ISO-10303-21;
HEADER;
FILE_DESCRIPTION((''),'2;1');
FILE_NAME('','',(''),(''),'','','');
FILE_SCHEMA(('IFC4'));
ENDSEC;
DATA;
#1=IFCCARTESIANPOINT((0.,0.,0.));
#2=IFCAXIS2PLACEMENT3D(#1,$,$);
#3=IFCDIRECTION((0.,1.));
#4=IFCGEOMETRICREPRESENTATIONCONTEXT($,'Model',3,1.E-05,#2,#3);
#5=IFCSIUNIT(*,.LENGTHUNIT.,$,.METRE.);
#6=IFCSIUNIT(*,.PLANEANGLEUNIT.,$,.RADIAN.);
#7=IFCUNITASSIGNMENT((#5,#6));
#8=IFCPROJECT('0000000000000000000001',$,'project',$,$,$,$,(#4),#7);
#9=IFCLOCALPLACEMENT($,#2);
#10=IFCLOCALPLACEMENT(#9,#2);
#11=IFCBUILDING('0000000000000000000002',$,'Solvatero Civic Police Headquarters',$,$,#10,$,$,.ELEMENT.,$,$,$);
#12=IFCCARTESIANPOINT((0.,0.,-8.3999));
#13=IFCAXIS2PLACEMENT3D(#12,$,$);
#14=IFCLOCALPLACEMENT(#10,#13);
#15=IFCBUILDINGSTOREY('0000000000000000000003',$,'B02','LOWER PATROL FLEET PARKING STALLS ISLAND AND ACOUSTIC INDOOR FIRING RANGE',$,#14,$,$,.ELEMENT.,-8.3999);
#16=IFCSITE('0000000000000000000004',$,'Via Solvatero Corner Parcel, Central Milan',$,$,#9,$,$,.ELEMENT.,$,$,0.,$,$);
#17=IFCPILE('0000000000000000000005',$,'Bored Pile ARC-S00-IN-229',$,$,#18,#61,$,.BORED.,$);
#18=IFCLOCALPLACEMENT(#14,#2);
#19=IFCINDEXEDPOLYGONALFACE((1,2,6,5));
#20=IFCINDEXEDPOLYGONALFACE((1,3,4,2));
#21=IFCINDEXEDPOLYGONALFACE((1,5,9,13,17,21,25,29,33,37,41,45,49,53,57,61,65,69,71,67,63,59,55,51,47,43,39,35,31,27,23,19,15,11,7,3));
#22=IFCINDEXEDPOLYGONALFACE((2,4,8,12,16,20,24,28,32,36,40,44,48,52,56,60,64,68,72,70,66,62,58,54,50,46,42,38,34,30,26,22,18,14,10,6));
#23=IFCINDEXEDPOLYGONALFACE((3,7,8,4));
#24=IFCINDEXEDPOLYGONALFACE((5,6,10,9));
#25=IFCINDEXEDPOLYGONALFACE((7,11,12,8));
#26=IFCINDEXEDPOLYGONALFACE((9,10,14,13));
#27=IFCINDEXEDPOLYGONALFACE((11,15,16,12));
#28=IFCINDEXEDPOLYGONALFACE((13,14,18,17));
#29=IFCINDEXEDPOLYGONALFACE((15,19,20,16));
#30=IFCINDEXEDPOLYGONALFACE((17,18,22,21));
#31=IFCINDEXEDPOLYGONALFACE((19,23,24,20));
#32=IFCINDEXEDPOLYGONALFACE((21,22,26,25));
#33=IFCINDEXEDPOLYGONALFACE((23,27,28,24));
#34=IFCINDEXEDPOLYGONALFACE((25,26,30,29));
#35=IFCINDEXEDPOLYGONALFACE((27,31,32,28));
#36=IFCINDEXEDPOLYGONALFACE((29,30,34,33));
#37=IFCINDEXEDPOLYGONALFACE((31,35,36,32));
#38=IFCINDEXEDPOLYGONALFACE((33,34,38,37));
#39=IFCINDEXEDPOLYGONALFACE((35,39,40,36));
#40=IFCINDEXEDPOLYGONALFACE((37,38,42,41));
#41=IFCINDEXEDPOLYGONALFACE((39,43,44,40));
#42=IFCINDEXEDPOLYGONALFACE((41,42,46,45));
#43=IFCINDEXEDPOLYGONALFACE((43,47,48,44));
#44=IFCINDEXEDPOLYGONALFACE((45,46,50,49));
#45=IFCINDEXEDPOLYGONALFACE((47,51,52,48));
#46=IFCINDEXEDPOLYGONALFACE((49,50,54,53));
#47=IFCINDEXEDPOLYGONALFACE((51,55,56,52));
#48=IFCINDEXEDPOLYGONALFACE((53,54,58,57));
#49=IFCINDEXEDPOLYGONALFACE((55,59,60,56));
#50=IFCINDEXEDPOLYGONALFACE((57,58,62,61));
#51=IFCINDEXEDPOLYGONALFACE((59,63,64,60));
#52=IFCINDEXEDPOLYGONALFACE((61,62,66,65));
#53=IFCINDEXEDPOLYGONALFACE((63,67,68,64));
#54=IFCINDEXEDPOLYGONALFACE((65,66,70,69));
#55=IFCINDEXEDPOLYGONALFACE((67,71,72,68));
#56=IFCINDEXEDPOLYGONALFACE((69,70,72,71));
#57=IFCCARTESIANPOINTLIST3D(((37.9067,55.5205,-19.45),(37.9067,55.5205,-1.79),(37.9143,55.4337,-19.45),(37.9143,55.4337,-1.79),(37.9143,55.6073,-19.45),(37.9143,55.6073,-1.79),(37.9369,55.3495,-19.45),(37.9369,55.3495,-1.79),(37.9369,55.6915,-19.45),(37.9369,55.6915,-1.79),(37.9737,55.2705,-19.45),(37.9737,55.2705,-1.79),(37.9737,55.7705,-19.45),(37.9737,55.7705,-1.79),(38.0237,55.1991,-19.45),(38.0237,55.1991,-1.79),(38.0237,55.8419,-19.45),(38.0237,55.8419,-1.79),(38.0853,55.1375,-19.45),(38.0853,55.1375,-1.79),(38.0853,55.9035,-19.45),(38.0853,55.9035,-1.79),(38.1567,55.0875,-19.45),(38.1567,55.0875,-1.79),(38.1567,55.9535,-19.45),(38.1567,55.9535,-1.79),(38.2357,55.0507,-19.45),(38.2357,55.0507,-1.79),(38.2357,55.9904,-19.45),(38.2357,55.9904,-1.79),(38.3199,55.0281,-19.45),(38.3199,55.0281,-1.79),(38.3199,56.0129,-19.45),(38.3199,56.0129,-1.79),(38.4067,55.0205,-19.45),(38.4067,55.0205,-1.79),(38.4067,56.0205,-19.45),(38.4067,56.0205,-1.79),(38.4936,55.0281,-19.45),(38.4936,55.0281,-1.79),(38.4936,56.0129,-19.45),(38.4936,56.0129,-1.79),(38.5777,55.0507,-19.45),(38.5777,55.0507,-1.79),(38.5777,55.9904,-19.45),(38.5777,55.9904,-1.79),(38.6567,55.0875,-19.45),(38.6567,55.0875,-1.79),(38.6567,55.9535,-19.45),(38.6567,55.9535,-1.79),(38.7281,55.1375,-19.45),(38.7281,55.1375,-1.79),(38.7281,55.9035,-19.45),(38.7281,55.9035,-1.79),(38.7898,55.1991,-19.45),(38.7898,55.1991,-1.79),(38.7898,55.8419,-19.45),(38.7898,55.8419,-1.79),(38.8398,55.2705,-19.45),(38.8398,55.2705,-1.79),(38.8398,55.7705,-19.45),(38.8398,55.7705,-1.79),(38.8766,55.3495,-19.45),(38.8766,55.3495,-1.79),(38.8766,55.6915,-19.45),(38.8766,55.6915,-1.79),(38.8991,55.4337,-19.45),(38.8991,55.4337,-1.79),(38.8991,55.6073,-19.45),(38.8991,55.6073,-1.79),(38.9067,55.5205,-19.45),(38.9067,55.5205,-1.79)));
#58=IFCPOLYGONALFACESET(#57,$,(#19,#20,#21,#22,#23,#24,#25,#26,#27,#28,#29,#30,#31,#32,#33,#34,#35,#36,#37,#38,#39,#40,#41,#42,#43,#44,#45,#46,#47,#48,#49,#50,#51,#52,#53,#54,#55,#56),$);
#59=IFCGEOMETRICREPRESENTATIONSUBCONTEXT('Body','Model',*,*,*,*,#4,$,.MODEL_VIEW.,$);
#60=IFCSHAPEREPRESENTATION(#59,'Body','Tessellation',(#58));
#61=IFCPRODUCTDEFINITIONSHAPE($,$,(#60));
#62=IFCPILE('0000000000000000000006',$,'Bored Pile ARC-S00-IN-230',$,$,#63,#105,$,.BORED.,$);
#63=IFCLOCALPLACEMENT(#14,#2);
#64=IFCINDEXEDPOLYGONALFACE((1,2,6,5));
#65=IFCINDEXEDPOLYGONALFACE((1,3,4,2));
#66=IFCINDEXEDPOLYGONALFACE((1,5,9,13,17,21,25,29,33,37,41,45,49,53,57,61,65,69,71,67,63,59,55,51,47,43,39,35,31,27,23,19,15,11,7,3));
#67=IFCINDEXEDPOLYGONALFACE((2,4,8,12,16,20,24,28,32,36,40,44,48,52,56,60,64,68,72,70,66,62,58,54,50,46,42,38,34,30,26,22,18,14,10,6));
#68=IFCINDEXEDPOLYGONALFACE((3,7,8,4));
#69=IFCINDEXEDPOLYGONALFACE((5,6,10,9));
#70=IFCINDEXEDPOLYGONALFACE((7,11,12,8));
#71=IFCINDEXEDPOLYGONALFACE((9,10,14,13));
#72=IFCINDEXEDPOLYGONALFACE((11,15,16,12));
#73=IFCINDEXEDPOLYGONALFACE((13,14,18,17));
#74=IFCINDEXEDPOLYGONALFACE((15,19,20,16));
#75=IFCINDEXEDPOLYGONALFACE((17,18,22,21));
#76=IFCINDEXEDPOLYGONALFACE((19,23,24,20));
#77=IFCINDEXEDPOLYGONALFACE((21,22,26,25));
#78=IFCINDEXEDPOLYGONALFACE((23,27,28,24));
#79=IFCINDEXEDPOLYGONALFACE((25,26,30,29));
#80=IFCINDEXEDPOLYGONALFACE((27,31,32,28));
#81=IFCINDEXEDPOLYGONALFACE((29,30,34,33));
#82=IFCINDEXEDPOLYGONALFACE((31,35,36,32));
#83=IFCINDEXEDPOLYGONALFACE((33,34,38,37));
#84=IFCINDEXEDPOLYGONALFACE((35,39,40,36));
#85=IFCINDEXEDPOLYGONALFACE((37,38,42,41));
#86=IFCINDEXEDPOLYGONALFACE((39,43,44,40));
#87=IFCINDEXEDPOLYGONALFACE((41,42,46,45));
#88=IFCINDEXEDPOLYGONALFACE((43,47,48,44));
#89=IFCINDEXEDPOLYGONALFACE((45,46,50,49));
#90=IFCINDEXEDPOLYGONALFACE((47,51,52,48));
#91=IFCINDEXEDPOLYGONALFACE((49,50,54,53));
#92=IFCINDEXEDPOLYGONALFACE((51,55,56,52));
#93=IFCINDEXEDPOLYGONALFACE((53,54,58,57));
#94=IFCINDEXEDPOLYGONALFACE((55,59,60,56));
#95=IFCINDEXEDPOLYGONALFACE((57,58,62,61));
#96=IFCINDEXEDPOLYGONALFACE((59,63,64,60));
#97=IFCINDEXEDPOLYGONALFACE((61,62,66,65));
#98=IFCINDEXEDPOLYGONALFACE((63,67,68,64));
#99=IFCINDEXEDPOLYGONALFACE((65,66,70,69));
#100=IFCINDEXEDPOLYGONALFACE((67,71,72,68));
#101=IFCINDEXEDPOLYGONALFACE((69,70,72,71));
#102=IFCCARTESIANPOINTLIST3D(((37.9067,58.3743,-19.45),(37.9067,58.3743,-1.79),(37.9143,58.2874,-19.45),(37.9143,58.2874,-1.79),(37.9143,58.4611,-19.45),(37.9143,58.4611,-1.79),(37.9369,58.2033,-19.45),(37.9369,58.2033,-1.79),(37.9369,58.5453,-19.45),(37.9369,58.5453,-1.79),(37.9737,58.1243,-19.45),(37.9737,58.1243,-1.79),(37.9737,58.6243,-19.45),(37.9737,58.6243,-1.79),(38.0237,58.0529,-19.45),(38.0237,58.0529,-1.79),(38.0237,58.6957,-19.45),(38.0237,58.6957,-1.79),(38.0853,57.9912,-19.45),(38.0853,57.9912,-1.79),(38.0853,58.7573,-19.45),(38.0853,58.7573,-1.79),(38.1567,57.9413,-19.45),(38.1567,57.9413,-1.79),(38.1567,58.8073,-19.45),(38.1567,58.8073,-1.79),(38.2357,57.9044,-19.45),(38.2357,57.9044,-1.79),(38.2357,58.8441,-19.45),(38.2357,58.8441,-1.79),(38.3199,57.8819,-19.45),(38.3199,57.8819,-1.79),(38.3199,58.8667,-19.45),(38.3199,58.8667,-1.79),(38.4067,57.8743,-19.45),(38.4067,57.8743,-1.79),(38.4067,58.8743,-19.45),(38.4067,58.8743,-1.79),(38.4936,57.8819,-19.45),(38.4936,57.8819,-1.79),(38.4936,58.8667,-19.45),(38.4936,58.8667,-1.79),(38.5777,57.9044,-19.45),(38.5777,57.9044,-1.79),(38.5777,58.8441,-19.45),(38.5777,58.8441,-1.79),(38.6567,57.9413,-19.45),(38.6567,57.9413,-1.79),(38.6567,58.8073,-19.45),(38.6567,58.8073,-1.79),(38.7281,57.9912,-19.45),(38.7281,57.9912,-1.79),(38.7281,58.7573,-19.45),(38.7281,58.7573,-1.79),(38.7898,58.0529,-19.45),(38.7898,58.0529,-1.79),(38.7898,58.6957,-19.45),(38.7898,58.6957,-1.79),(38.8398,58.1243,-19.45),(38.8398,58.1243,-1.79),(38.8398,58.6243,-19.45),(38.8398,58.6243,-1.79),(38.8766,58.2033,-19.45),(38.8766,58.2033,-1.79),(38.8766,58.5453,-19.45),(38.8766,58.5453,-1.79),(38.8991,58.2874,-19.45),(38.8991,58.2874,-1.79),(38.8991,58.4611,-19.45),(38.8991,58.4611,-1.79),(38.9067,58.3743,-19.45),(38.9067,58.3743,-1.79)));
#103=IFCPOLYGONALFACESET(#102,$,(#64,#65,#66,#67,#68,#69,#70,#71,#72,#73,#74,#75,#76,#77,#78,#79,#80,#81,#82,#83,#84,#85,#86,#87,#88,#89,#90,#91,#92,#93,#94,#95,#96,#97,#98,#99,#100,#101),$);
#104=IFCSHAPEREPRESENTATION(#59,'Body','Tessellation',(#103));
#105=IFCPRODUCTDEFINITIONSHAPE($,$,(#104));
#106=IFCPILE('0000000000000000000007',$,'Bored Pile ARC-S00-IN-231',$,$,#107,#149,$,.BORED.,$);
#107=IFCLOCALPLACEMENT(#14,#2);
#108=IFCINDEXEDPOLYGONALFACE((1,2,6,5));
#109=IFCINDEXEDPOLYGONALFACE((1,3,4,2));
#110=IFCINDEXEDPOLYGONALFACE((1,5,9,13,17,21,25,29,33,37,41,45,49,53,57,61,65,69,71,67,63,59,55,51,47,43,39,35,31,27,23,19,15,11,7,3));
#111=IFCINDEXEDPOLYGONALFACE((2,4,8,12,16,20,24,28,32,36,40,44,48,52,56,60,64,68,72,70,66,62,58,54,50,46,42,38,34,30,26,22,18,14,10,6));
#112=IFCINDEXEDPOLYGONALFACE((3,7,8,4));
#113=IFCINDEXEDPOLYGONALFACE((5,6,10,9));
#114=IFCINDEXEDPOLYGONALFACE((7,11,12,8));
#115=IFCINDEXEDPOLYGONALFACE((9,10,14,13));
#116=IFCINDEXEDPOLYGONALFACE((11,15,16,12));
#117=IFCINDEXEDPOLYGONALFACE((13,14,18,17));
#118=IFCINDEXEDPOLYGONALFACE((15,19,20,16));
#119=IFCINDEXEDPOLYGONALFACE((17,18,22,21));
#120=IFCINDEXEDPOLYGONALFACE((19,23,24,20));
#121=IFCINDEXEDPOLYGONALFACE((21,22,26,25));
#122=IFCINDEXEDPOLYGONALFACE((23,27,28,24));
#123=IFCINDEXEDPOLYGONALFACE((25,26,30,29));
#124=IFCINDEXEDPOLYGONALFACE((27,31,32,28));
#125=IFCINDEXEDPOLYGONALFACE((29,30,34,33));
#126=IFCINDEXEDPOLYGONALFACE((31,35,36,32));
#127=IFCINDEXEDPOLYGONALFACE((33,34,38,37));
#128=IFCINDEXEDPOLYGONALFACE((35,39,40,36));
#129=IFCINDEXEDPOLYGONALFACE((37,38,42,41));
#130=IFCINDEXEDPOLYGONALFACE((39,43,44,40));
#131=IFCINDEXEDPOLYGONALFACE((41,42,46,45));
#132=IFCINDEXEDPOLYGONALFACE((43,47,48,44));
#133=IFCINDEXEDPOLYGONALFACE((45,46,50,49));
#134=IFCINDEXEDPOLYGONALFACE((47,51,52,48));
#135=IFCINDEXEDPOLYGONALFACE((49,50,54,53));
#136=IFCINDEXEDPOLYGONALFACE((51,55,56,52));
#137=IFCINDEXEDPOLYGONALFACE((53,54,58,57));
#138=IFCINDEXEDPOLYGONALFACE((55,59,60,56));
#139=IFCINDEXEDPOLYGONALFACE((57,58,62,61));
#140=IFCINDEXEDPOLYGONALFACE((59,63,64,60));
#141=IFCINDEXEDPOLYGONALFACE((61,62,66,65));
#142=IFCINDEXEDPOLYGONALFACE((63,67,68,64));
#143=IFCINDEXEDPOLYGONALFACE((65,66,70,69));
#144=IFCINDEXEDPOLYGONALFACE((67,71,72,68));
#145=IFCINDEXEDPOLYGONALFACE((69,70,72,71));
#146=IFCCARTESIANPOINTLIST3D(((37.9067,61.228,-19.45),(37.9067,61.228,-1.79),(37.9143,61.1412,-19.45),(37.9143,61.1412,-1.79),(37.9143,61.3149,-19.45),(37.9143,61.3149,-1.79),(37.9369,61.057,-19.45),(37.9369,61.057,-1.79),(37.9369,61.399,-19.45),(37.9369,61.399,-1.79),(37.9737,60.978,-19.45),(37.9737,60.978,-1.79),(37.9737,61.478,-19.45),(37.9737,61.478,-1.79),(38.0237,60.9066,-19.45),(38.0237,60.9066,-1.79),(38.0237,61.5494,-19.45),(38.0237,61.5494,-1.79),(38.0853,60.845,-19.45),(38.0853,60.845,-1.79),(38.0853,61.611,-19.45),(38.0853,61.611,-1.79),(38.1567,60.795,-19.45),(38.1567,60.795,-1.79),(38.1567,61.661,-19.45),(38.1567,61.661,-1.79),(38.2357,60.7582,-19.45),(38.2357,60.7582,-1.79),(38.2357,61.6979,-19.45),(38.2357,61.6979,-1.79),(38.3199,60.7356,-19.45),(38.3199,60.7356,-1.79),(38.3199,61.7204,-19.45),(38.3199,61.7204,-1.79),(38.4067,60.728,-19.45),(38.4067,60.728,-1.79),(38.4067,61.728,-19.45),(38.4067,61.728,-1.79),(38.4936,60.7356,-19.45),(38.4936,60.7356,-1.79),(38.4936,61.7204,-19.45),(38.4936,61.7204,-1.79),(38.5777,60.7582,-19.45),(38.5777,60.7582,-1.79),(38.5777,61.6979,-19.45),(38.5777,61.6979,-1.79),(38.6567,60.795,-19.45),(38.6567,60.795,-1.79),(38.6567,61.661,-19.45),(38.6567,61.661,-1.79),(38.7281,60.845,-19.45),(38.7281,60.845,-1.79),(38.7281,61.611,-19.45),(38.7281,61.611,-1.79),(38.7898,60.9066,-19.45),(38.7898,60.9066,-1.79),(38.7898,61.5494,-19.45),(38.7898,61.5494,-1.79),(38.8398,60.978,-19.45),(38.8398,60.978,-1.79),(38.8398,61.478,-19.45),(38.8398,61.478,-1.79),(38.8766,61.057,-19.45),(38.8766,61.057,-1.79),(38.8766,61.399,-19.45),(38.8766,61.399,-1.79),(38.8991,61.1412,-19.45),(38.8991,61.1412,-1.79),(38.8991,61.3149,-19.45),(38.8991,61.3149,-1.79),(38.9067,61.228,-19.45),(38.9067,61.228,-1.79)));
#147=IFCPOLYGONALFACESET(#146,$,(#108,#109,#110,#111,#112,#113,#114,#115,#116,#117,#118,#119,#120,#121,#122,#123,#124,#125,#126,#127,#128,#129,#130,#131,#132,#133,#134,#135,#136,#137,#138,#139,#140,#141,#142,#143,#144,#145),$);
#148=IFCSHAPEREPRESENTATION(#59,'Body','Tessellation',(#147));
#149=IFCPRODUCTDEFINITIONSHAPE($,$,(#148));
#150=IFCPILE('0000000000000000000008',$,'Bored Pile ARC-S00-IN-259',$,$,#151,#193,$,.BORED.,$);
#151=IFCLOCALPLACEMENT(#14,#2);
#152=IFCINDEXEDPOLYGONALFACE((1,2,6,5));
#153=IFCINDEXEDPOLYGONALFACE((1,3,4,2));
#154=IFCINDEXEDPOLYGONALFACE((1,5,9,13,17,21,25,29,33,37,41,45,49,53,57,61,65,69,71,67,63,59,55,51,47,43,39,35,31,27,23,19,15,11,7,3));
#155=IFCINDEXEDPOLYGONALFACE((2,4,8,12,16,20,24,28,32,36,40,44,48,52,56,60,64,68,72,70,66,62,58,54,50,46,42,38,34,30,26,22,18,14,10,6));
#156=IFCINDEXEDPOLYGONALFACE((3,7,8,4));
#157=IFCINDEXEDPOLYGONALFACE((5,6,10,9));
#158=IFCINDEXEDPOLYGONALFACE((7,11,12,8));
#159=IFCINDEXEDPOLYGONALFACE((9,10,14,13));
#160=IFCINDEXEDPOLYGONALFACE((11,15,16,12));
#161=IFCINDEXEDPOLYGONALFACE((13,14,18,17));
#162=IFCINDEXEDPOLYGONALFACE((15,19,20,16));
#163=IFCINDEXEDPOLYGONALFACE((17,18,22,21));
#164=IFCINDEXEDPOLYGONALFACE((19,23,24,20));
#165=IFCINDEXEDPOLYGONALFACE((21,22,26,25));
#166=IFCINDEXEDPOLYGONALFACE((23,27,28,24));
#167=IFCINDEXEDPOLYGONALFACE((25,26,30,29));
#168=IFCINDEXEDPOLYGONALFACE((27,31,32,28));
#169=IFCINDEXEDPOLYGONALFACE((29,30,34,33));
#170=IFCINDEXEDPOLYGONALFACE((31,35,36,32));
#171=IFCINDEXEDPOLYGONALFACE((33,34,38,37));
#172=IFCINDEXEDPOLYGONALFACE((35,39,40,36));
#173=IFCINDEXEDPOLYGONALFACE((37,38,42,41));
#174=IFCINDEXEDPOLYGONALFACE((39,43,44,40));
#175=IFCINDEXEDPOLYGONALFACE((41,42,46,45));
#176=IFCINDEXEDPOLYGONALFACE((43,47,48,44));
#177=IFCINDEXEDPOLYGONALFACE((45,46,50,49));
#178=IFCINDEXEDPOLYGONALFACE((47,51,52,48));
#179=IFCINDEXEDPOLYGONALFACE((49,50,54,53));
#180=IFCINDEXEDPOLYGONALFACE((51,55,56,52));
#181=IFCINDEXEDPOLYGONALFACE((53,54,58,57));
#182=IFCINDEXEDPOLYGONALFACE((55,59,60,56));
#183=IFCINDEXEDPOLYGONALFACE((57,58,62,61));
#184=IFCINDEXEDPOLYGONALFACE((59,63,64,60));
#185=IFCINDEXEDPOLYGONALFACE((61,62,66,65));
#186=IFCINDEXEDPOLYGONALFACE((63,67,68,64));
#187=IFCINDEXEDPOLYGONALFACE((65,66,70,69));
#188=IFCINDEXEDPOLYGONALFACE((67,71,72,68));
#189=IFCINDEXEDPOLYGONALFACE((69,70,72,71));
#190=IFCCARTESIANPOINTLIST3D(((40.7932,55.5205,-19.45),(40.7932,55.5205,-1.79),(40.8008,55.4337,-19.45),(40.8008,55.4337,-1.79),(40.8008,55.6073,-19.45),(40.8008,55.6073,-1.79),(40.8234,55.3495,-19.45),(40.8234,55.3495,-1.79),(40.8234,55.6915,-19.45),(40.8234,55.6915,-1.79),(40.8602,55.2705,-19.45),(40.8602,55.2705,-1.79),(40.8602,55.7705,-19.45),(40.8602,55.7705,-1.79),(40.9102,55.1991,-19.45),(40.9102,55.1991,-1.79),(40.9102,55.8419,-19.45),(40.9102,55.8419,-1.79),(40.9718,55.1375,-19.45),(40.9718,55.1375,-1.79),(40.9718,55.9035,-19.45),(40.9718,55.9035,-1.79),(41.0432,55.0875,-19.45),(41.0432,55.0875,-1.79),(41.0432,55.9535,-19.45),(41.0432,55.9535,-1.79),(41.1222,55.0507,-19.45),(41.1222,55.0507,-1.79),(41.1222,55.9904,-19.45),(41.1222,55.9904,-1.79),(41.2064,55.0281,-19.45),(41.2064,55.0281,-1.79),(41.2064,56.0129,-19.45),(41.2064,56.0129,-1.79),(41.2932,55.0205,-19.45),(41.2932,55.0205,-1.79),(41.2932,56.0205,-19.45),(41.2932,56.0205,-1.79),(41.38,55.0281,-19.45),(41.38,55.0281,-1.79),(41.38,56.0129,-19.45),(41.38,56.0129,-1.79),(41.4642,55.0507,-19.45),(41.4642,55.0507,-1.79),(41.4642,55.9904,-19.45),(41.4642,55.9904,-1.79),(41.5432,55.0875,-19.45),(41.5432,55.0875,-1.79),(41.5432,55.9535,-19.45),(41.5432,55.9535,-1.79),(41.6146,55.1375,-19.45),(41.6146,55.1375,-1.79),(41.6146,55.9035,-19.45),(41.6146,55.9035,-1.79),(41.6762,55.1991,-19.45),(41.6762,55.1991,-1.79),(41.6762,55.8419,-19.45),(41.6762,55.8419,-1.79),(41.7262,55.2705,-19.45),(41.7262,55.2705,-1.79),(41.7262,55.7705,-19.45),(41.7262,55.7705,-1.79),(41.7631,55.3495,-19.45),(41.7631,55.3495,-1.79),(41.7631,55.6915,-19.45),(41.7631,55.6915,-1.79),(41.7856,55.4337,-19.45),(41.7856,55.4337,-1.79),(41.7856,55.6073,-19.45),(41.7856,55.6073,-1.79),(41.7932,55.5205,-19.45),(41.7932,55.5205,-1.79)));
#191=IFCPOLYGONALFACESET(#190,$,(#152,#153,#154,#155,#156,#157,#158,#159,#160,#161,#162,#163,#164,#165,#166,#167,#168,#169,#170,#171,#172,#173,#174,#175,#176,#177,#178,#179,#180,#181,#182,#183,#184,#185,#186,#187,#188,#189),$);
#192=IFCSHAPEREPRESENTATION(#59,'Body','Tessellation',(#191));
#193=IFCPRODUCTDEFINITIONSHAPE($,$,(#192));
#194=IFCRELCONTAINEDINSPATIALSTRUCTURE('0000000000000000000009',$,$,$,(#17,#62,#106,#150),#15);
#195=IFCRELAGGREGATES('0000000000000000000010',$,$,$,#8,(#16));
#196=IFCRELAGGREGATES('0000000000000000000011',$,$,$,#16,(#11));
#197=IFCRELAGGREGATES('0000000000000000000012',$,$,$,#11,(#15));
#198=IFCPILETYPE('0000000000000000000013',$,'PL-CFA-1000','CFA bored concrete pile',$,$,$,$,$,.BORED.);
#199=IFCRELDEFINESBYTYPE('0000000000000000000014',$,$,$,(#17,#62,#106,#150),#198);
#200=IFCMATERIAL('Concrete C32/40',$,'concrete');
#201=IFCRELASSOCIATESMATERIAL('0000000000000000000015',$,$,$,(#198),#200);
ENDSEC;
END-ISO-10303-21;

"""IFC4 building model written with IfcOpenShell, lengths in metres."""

from ifc_helpers import new_model, si_unit, direction, frame, origin, origin_2d, place, context, subcontext, project, spatial, circle, extrude, material, material_profile, profile_set, type_object, element, save


model = new_model("IFC4")

# Units and contexts
model_context = context("Model", 3, precision=1e-05, world=origin(), true_north=direction((0.0, 1.0)))
body_context = subcontext(model_context, "Body", "Model", "MODEL_VIEW")
ifc_project = project(units=[si_unit("LENGTHUNIT", "METRE"), si_unit("PLANEANGLEUNIT", "RADIAN")], contexts=[model_context])

# Site, building, storey
site_placement = place(None, origin())
site = spatial("IfcSite", under=ifc_project, at=site_placement, Name="Via Solvatero Corner Parcel, Central Milan", CompositionType="ELEMENT", RefElevation=0.0)
building_placement = place(site_placement, origin())
building = spatial("IfcBuilding", under=site, at=building_placement, Name="Solvatero Civic Police Headquarters", CompositionType="ELEMENT")
storey_placement = place(building_placement, frame((0.0, 0.0, -8.3999)))
storey = spatial("IfcBuildingStorey", under=building, at=storey_placement, Name="B02", Description="LOWER PATROL FLEET PARKING STALLS ISLAND AND ACOUSTIC INDOOR FIRING RANGE", CompositionType="ELEMENT", Elevation=-8.3999)

# Piles
ifc_material_1 = material(Name="Concrete C32/40", Category="concrete")
ifc_material_profile_1 = material_profile(ifc_material_1, circle(Radius=0.5, at=origin_2d()), Name="CFA PILE D1000")
ifc_profile_set_1 = profile_set([ifc_material_profile_1], Name="Concrete C32/40")
pile_type = type_object("IfcPileType", Name="PL-CFA-1000", Description="CFA bored concrete pile", PredefinedType="BORED", material=ifc_profile_set_1)
for number, where, z_axis, x_axis, name in (
    (1, (38.4067, 55.5205, -1.79), (0.0, 0.0, -1.0), (1.0, 0.0, 0.0), "Bored Pile ARC-S00-IN-229"),
    (2, (38.4067, 58.3743, -1.79), (0.0, 0.0, -1.0), (1.0, 0.0, 0.0), "Bored Pile ARC-S00-IN-230"),
    (3, (38.4067, 61.228, -1.79), (0.0, 0.0, -1.0), (1.0, 0.0, 0.0), "Bored Pile ARC-S00-IN-231"),
    (4, (41.2932, 55.5205, -1.79), (0.0, 0.0, -1.0), (1.0, 0.0, 0.0), "Bored Pile ARC-S00-IN-259"),
):
    element("IfcPile", number, at=place(storey_placement, frame(where, z_axis=z_axis, x_axis=x_axis)), inside=storey, type_object=pile_type, Name=name, PredefinedType="BORED", context=body_context, shape_type="SweptSolid", body=[
        extrude(circle(Radius=0.5, at=origin_2d()), origin(), (0.0, 0.0, 1.0), 17.6599),
    ])

save(model, "model.ifc")
